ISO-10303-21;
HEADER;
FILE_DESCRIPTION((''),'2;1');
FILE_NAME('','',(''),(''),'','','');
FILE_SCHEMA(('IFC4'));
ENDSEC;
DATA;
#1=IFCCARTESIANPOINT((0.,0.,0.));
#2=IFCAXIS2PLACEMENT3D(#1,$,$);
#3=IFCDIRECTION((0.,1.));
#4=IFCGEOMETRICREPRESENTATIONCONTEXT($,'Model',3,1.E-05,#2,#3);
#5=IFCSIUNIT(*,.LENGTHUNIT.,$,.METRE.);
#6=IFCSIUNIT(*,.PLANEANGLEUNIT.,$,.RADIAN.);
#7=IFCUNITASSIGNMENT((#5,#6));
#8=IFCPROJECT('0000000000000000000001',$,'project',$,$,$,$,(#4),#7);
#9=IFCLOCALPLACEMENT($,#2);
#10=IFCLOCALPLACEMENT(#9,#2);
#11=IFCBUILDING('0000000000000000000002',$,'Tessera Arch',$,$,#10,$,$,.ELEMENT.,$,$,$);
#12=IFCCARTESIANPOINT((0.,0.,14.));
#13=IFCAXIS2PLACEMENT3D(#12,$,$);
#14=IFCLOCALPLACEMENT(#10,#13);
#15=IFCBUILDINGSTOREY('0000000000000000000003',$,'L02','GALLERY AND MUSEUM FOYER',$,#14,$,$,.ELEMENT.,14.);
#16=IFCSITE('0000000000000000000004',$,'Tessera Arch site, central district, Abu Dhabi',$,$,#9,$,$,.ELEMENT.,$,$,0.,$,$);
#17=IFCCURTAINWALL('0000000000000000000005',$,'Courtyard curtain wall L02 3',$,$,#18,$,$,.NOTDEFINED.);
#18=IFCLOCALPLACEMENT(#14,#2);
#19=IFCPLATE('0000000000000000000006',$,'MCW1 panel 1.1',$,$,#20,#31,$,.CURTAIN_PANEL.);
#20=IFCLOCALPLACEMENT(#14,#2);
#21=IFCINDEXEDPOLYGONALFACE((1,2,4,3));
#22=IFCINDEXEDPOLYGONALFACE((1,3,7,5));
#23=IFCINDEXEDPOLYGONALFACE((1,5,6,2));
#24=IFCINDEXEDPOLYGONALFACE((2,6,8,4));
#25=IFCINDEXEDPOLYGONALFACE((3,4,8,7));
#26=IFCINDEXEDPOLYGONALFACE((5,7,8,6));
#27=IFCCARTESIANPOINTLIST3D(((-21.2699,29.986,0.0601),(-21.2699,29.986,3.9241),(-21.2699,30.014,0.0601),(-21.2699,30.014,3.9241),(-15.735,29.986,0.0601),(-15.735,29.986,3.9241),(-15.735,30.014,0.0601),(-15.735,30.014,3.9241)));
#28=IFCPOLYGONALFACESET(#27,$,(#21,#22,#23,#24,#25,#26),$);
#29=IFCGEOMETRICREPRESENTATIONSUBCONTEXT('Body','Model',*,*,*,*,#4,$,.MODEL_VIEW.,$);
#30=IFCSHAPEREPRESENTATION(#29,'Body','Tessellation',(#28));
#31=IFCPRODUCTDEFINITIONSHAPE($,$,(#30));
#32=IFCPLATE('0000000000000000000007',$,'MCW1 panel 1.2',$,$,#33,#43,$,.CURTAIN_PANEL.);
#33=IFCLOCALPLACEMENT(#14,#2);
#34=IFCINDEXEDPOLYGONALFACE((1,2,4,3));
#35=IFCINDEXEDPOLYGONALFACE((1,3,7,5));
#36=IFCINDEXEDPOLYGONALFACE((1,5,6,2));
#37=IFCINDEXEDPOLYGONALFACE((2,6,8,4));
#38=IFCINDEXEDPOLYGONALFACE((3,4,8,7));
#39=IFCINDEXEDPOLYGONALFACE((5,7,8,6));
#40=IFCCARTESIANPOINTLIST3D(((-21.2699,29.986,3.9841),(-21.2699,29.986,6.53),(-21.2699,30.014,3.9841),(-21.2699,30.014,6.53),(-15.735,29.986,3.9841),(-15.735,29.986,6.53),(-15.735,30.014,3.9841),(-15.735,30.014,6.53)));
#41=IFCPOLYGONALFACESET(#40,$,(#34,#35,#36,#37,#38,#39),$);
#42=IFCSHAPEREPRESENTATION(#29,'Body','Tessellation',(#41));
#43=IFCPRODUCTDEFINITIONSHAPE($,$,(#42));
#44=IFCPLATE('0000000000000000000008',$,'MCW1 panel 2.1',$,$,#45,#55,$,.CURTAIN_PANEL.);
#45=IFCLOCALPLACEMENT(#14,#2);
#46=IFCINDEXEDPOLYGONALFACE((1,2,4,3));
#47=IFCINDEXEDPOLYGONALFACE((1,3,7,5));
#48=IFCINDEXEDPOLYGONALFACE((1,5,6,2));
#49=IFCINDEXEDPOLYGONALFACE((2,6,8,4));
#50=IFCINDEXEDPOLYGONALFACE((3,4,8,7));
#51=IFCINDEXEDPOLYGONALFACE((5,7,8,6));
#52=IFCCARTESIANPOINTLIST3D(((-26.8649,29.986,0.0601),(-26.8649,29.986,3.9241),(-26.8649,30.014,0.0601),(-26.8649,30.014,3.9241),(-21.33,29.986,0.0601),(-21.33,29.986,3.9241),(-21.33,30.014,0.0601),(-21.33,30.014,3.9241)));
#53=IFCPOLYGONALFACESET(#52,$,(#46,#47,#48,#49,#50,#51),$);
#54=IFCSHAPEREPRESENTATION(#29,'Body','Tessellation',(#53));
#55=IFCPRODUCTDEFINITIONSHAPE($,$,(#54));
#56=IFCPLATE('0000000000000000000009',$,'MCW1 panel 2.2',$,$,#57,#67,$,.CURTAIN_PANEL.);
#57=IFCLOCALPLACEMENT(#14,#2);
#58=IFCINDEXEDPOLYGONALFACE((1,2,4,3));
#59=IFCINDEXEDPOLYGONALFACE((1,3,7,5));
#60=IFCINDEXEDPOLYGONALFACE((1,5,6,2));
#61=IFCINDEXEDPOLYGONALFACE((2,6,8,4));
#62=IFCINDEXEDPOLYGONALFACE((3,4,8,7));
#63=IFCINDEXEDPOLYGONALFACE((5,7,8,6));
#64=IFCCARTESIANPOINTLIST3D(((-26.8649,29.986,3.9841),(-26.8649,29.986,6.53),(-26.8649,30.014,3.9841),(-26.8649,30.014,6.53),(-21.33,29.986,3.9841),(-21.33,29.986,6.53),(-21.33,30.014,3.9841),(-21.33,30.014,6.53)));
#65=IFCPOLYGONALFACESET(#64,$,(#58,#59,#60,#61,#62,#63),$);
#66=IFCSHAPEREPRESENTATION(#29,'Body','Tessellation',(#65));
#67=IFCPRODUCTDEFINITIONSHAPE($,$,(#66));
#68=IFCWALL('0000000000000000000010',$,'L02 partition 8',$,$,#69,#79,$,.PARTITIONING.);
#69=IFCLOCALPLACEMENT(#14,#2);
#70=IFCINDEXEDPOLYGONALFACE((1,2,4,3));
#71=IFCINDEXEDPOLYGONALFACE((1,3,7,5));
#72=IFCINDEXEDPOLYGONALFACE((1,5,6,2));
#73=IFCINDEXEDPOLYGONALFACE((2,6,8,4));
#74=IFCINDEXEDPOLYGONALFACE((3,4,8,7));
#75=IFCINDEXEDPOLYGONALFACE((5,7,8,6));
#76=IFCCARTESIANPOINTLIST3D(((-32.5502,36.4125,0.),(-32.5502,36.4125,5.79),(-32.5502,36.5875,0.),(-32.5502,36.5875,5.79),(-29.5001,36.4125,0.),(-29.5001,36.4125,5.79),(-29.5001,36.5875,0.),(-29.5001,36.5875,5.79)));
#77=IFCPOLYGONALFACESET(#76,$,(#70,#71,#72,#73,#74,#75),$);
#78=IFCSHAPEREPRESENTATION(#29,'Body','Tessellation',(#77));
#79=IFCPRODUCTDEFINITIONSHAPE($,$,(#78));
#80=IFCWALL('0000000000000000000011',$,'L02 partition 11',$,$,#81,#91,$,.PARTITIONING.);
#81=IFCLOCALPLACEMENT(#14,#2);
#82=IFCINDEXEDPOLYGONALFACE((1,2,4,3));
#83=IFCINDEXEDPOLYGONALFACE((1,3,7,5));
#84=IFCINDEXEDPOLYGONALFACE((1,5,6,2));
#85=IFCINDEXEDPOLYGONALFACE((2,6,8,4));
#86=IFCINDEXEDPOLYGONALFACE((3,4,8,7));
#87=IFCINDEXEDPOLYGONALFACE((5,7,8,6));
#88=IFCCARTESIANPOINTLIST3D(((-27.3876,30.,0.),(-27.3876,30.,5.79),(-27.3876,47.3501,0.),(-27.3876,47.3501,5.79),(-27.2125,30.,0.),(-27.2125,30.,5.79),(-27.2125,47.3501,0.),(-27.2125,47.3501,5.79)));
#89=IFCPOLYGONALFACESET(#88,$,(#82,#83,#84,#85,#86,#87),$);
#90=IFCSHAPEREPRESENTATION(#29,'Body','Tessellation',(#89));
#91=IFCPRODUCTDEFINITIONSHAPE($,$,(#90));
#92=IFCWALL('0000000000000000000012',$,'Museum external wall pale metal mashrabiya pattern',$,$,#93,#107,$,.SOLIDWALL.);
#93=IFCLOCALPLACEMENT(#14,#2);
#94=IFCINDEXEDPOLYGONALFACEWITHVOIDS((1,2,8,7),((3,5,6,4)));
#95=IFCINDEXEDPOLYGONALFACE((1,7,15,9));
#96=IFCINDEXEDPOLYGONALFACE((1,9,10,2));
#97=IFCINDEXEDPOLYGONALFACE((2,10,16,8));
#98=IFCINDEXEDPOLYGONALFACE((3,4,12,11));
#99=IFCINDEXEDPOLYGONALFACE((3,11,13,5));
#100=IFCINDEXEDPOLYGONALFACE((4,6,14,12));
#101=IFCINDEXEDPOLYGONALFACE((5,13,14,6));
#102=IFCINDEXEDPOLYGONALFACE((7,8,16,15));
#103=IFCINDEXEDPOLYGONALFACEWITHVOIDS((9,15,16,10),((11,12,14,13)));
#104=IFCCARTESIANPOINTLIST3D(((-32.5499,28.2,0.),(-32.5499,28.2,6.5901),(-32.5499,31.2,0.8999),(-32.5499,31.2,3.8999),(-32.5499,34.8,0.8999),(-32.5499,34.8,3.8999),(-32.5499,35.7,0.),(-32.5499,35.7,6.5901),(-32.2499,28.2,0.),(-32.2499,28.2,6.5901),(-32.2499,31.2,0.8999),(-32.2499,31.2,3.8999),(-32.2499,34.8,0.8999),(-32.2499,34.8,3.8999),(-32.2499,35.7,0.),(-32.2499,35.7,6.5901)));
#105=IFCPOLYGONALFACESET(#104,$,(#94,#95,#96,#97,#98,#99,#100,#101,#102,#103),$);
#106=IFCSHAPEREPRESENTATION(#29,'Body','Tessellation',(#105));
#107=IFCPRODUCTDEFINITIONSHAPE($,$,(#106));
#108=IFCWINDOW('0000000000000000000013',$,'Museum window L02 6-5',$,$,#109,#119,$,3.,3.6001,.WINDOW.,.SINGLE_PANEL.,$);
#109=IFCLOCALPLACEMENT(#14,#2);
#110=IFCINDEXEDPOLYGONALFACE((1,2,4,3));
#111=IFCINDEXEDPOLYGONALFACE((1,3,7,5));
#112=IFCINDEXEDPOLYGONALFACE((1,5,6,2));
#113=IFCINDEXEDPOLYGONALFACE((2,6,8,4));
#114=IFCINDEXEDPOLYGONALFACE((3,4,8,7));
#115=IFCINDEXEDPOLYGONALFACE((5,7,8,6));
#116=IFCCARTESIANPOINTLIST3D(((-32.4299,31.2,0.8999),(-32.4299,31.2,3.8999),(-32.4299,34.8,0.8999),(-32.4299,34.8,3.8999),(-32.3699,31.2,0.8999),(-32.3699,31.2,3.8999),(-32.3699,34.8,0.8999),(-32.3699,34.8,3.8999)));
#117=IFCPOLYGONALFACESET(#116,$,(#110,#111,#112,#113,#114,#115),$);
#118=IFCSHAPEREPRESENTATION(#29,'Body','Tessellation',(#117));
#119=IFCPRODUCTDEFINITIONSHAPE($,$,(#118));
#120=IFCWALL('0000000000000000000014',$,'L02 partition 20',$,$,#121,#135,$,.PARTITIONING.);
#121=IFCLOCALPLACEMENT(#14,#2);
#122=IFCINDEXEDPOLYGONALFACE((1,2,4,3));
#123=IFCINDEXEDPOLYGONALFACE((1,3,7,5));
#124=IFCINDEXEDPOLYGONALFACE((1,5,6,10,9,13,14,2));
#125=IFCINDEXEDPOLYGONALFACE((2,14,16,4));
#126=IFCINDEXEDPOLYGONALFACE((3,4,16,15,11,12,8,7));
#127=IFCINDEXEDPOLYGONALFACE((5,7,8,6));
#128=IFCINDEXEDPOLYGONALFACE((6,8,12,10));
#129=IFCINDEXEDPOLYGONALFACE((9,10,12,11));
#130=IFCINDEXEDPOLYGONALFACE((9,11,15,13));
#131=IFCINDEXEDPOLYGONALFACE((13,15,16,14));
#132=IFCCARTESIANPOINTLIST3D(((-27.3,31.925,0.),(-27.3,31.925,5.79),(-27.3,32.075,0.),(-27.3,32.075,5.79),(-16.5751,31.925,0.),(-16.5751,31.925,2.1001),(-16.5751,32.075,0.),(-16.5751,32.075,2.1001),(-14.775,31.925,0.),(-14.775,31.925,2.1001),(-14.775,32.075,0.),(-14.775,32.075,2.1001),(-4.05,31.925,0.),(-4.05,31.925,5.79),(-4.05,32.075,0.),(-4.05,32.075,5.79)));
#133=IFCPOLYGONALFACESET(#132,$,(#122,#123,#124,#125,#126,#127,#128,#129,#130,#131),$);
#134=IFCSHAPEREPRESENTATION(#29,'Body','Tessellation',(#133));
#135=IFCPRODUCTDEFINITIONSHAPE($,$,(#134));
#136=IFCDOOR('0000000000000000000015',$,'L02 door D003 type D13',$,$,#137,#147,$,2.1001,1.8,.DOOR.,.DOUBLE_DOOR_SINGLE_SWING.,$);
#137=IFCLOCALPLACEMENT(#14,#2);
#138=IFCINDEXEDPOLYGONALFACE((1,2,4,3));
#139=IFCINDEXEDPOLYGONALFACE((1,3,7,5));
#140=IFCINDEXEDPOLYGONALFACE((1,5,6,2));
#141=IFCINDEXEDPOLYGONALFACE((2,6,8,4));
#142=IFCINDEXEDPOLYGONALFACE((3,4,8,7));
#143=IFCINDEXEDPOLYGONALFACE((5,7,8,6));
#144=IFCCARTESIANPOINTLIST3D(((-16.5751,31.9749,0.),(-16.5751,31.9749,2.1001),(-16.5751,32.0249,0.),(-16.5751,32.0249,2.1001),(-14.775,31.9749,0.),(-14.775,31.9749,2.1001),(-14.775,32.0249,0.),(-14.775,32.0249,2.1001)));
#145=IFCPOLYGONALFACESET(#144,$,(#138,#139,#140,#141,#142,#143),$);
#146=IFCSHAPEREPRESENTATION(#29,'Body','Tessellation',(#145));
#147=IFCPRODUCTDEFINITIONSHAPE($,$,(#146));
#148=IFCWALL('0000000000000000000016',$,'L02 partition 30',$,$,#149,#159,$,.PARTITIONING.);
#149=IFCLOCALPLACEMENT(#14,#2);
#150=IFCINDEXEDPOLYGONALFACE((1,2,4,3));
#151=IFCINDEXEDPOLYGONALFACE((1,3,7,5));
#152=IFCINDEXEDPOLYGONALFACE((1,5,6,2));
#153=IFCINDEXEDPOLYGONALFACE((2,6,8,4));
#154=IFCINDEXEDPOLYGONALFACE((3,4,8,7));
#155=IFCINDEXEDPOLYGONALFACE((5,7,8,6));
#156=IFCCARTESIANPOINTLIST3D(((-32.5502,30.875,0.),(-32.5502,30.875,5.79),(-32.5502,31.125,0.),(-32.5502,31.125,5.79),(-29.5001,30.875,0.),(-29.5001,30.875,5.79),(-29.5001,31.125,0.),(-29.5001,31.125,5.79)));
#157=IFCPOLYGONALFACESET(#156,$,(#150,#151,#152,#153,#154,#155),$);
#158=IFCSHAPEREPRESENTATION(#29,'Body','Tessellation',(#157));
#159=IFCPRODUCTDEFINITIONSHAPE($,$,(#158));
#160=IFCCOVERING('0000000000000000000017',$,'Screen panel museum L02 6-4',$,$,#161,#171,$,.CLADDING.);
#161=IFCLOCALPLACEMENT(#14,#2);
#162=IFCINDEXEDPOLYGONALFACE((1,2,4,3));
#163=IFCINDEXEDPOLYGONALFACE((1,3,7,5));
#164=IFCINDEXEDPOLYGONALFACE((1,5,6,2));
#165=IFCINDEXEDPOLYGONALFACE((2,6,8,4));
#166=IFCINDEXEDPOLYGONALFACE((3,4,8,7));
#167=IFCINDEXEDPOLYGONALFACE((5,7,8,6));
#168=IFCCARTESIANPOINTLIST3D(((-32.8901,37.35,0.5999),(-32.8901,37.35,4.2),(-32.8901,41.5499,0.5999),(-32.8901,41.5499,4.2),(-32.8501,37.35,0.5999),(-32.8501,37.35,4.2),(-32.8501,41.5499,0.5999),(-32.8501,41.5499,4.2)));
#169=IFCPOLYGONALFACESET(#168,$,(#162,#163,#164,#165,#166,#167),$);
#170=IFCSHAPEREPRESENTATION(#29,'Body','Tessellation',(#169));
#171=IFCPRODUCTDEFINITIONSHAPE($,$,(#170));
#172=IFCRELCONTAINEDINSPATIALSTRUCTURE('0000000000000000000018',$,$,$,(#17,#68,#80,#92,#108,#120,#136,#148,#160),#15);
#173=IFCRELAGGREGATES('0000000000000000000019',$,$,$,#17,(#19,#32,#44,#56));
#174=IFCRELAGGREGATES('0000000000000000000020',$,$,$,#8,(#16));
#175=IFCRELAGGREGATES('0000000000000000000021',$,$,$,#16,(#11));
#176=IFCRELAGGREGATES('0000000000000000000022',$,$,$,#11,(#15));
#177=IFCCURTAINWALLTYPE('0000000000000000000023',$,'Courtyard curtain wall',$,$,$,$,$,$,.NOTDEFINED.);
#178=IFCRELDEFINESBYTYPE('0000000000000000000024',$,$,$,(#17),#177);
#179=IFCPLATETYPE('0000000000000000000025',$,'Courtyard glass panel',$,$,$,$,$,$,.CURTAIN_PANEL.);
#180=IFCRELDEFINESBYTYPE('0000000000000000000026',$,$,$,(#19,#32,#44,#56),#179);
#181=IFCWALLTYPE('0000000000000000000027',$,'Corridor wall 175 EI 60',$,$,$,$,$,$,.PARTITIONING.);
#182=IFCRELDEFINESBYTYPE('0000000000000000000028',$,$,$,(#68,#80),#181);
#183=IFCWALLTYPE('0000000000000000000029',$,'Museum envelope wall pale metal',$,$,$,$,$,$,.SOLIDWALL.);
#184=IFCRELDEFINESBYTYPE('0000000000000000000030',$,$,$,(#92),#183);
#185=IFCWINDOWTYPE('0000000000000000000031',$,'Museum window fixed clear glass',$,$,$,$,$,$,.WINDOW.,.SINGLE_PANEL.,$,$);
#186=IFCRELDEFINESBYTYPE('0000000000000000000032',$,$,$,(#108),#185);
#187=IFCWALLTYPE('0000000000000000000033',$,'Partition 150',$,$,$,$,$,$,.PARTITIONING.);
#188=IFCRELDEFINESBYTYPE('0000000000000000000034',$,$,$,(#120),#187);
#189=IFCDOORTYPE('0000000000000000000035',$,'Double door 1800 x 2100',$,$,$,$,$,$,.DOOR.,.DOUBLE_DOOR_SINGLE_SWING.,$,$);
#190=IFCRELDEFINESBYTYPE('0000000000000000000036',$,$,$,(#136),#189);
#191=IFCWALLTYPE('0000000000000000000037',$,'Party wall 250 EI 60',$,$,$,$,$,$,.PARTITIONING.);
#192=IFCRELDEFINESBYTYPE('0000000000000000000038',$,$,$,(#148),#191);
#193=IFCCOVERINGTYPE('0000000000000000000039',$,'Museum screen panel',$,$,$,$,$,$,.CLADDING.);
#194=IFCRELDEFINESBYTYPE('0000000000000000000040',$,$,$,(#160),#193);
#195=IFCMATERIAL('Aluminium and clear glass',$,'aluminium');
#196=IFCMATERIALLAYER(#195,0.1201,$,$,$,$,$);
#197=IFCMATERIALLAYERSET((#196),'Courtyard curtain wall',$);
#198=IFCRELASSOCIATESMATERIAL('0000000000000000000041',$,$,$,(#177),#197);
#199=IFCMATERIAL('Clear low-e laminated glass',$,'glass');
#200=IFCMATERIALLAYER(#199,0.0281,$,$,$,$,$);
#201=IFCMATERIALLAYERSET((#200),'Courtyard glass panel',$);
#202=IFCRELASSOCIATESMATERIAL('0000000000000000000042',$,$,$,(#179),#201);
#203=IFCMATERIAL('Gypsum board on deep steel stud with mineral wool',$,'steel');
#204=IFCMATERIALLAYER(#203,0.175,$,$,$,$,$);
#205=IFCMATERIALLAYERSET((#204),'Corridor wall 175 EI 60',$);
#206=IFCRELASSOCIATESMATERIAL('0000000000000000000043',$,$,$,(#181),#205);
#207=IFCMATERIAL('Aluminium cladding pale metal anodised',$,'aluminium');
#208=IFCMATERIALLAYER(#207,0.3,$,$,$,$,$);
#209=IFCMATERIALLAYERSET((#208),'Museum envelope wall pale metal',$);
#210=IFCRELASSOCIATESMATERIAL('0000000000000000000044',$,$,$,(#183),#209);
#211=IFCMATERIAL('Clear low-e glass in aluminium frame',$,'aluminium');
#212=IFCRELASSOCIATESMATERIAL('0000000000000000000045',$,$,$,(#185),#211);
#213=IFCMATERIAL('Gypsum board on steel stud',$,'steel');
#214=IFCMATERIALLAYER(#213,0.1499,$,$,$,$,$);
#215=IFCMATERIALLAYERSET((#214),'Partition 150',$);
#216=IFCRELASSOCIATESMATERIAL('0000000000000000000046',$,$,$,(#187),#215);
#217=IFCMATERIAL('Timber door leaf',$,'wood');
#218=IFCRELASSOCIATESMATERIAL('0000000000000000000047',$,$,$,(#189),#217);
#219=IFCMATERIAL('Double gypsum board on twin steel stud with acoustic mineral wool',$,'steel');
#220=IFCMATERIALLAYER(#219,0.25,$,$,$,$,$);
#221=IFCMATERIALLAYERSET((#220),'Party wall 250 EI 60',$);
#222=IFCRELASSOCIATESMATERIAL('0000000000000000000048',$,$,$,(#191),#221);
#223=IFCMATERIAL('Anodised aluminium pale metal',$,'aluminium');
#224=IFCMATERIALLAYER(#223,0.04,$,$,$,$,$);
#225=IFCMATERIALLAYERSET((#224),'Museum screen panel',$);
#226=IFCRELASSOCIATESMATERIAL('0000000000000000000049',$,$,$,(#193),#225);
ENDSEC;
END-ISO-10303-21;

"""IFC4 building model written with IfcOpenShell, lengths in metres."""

from ifc_helpers import new_model, si_unit, direction, frame, frame_2d, origin, origin_2d, place, context, subcontext, project, spatial, rectangle, extrude, material, layer, layer_set, type_object, element, fill, aggregate, save


model = new_model("IFC4")

# Units and contexts
model_context = context("Model", 3, precision=1e-05, world=origin(), true_north=direction((0.0, 1.0)))
body_context = subcontext(model_context, "Body", "Model", "MODEL_VIEW")
ifc_project = project(units=[si_unit("LENGTHUNIT", "METRE"), si_unit("PLANEANGLEUNIT", "RADIAN")], contexts=[model_context])

# Site, building, storey
site_placement = place(None, origin())
site = spatial("IfcSite", under=ifc_project, at=site_placement, Name="Tessera Arch site, central district, Abu Dhabi", CompositionType="ELEMENT", RefElevation=0.0)
building_placement = place(site_placement, origin())
building = spatial("IfcBuilding", under=site, at=building_placement, Name="Tessera Arch", CompositionType="ELEMENT")
storey_placement = place(building_placement, frame((0.0, 0.0, 14.0)))
storey = spatial("IfcBuildingStorey", under=building, at=storey_placement, Name="L02", Description="GALLERY AND MUSEUM FOYER", CompositionType="ELEMENT", Elevation=14.0)

# Curtain wall
ifc_material_1 = material(Name="Aluminium and clear glass", Category="aluminium")
ifc_layer_1 = layer(ifc_material_1, 0.1201)
ifc_layer_set_1 = layer_set([ifc_layer_1], Name="Courtyard curtain wall")
curtain_wall_type = type_object("IfcCurtainWallType", Name="Courtyard curtain wall", PredefinedType="NOTDEFINED", material=ifc_layer_set_1)
curtain_wall_1_placement = place(storey_placement, origin())
curtain_wall_1 = element("IfcCurtainWall", 1, at=curtain_wall_1_placement, inside=storey, type_object=curtain_wall_type, Name="Courtyard curtain wall L02 3", PredefinedType="NOTDEFINED")

# Plates
ifc_material_2 = material(Name="Clear low-e laminated glass", Category="glass")
ifc_layer_2 = layer(ifc_material_2, 0.0281)
ifc_layer_set_2 = layer_set([ifc_layer_2], Name="Courtyard glass panel")
plate_type = type_object("IfcPlateType", Name="Courtyard glass panel", PredefinedType="CURTAIN_PANEL", material=ifc_layer_set_2)
plate_1_placement = place(storey_placement, frame((-18.5024, 30.0, 0.0601), z_axis=(0.0, 0.0, 1.0), x_axis=(-1.0, 0.0, 0.0)))
plate_1 = element("IfcPlate", 2, at=plate_1_placement, type_object=plate_type, Name="MCW1 panel 1.1", PredefinedType="CURTAIN_PANEL", context=body_context, shape_type="SweptSolid", body=[
    extrude(rectangle(XDim=5.5349, YDim=0.0281, at=origin_2d()), origin(), (0.0, 0.0, 1.0), 3.864),
])
plate_2_placement = place(storey_placement, frame((-18.5024, 30.0, 3.9841), z_axis=(0.0, 0.0, 1.0), x_axis=(-1.0, 0.0, 0.0)))
plate_2 = element("IfcPlate", 3, at=plate_2_placement, type_object=plate_type, Name="MCW1 panel 1.2", PredefinedType="CURTAIN_PANEL", context=body_context, shape_type="SweptSolid", body=[
    extrude(rectangle(XDim=5.5349, YDim=0.0281, at=origin_2d()), origin(), (0.0, 0.0, 1.0), 2.5459),
])
plate_3_placement = place(storey_placement, frame((-24.0974, 30.0, 0.0601), z_axis=(0.0, 0.0, 1.0), x_axis=(-1.0, 0.0, 0.0)))
plate_3 = element("IfcPlate", 4, at=plate_3_placement, type_object=plate_type, Name="MCW1 panel 2.1", PredefinedType="CURTAIN_PANEL", context=body_context, shape_type="SweptSolid", body=[
    extrude(rectangle(XDim=5.5349, YDim=0.0281, at=origin_2d()), origin(), (0.0, 0.0, 1.0), 3.864),
])
plate_4_placement = place(storey_placement, frame((-24.0974, 30.0, 3.9841), z_axis=(0.0, 0.0, 1.0), x_axis=(-1.0, 0.0, 0.0)))
plate_4 = element("IfcPlate", 5, at=plate_4_placement, type_object=plate_type, Name="MCW1 panel 2.2", PredefinedType="CURTAIN_PANEL", context=body_context, shape_type="SweptSolid", body=[
    extrude(rectangle(XDim=5.5349, YDim=0.0281, at=origin_2d()), origin(), (0.0, 0.0, 1.0), 2.5459),
])
aggregate(curtain_wall_1, [plate_1, plate_2, plate_3, plate_4])

# Walls
ifc_material_3 = material(Name="Gypsum board on deep steel stud with mineral wool", Category="steel")
ifc_layer_3 = layer(ifc_material_3, 0.175)
ifc_layer_set_3 = layer_set([ifc_layer_3], Name="Corridor wall 175 EI 60")
wall_type_1 = type_object("IfcWallType", Name="Corridor wall 175 EI 60", PredefinedType="PARTITIONING", material=ifc_layer_set_3)
wall_1_placement = place(storey_placement, frame((-32.55, 36.5, 0.0), z_axis=(0.0, 0.0, 1.0), x_axis=(1.0, 0.0, 0.0)))
element("IfcWall", 6, at=wall_1_placement, inside=storey, type_object=wall_type_1, Name="L02 partition 8", PredefinedType="PARTITIONING", context=body_context, shape_type="SweptSolid", body=[
    extrude(rectangle(XDim=3.05, YDim=0.175, at=frame_2d((1.5249, 0.0))), origin(), (0.0, 0.0, 1.0), 5.79),
])
wall_2_placement = place(storey_placement, frame((-27.3, 30.0, 0.0), z_axis=(0.0, 0.0, 1.0), x_axis=(0.0, 1.0, 0.0)))
element("IfcWall", 7, at=wall_2_placement, inside=storey, type_object=wall_type_1, Name="L02 partition 11", PredefinedType="PARTITIONING", context=body_context, shape_type="SweptSolid", body=[
    extrude(rectangle(XDim=17.3501, YDim=0.175, at=frame_2d((8.675, 0.0))), origin(), (0.0, 0.0, 1.0), 5.79),
])

# Wall, opening, window
ifc_material_4 = material(Name="Aluminium cladding pale metal anodised", Category="aluminium")
ifc_layer_4 = layer(ifc_material_4, 0.3)
ifc_layer_set_4 = layer_set([ifc_layer_4], Name="Museum envelope wall pale metal")
wall_type_2 = type_object("IfcWallType", Name="Museum envelope wall pale metal", PredefinedType="SOLIDWALL", material=ifc_layer_set_4)
wall_3_placement = place(storey_placement, frame((-32.3999, 35.7, 0.0), z_axis=(0.0, 0.0, 1.0), x_axis=(0.0, -1.0, 0.0)))
wall_3 = element("IfcWall", 8, at=wall_3_placement, inside=storey, type_object=wall_type_2, Name="Museum external wall pale metal mashrabiya pattern", PredefinedType="SOLIDWALL", context=body_context, shape_type="SweptSolid", body=[
    extrude(rectangle(XDim=7.5, YDim=0.3, at=frame_2d((3.75, 0.0))), origin(), (0.0, 0.0, 1.0), 6.5901),
])
opening_1_placement = place(wall_3_placement, frame((0.8999, 0.0, 0.8999)))
opening_1 = element("IfcOpeningElement", 9, at=opening_1_placement, cuts=wall_3, PredefinedType="OPENING", context=body_context, shape_type="SweptSolid", body=[
    extrude(rectangle(XDim=3.6001, YDim=3.0, at=frame_2d((1.8, 1.5))), frame((0.0, 0.1599, 0.0), z_axis=(0.0, -1.0, 0.0), x_axis=(1.0, 0.0, 0.0)), (0.0, 0.0, 1.0), 0.3201),
])
ifc_material_5 = material(Name="Clear low-e glass in aluminium frame", Category="aluminium")
window_type = type_object("IfcWindowType", Name="Museum window fixed clear glass", PartitioningType="SINGLE_PANEL", PredefinedType="WINDOW", material=ifc_material_5)
window_placement = place(opening_1_placement, origin())
window = element("IfcWindow", 10, at=window_placement, inside=storey, type_object=window_type, Name="Museum window L02 6-5", OverallHeight=3.0, OverallWidth=3.6001, PartitioningType="SINGLE_PANEL", PredefinedType="WINDOW", context=body_context, shape_type="SweptSolid", body=[
    extrude(rectangle(XDim=3.6001, YDim=3.0, at=frame_2d((1.8, 1.5))), frame((0.0, 0.03, 0.0), z_axis=(0.0, -1.0, 0.0), x_axis=(1.0, 0.0, 0.0)), (0.0, 0.0, 1.0), 0.0601),
])
fill(opening_1, window)

# Wall, opening, door
ifc_material_6 = material(Name="Gypsum board on steel stud", Category="steel")
ifc_layer_5 = layer(ifc_material_6, 0.1499)
ifc_layer_set_5 = layer_set([ifc_layer_5], Name="Partition 150")
wall_type_3 = type_object("IfcWallType", Name="Partition 150", PredefinedType="PARTITIONING", material=ifc_layer_set_5)
wall_4_placement = place(storey_placement, frame((-27.3, 32.0, 0.0), z_axis=(0.0, 0.0, 1.0), x_axis=(1.0, 0.0, 0.0)))
wall_4 = element("IfcWall", 11, at=wall_4_placement, inside=storey, type_object=wall_type_3, Name="L02 partition 20", PredefinedType="PARTITIONING", context=body_context, shape_type="SweptSolid", body=[
    extrude(rectangle(XDim=23.25, YDim=0.1499, at=frame_2d((11.625, 0.0))), origin(), (0.0, 0.0, 1.0), 5.79),
])
opening_2_placement = place(wall_4_placement, frame((10.7251, 0.0, 0.0)))
opening_2 = element("IfcOpeningElement", 12, at=opening_2_placement, cuts=wall_4, PredefinedType="OPENING", context=body_context, shape_type="SweptSolid", body=[
    extrude(rectangle(XDim=1.8, YDim=2.1001, at=frame_2d((0.8999, 1.05))), frame((0.0, 0.085, 0.0), z_axis=(0.0, -1.0, 0.0), x_axis=(1.0, 0.0, 0.0)), (0.0, 0.0, 1.0), 0.1699),
])
ifc_material_7 = material(Name="Timber door leaf", Category="wood")
door_type = type_object("IfcDoorType", Name="Double door 1800 x 2100", OperationType="DOUBLE_DOOR_SINGLE_SWING", PredefinedType="DOOR", material=ifc_material_7)
door_placement = place(opening_2_placement, origin())
door = element("IfcDoor", 13, at=door_placement, inside=storey, type_object=door_type, Name="L02 door D003 type D13", OperationType="DOUBLE_DOOR_SINGLE_SWING", OverallHeight=2.1001, OverallWidth=1.8, PredefinedType="DOOR", context=body_context, shape_type="SweptSolid", body=[
    extrude(rectangle(XDim=1.8, YDim=2.1001, at=frame_2d((0.8999, 1.05))), frame((0.0, 0.0249, 0.0), z_axis=(0.0, -1.0, 0.0), x_axis=(1.0, 0.0, 0.0)), (0.0, 0.0, 1.0), 0.05),
])
fill(opening_2, door)

# Wall
ifc_material_8 = material(Name="Double gypsum board on twin steel stud with acoustic mineral wool", Category="steel")
ifc_layer_6 = layer(ifc_material_8, 0.25)
ifc_layer_set_6 = layer_set([ifc_layer_6], Name="Party wall 250 EI 60")
wall_type_4 = type_object("IfcWallType", Name="Party wall 250 EI 60", PredefinedType="PARTITIONING", material=ifc_layer_set_6)
wall_5_placement = place(storey_placement, frame((-32.55, 31.0, 0.0), z_axis=(0.0, 0.0, 1.0), x_axis=(1.0, 0.0, 0.0)))
element("IfcWall", 14, at=wall_5_placement, inside=storey, type_object=wall_type_4, Name="L02 partition 30", PredefinedType="PARTITIONING", context=body_context, shape_type="SweptSolid", body=[
    extrude(rectangle(XDim=3.05, YDim=0.25, at=frame_2d((1.5249, 0.0))), origin(), (0.0, 0.0, 1.0), 5.79),
])

# Covering
ifc_material_9 = material(Name="Anodised aluminium pale metal", Category="aluminium")
ifc_layer_7 = layer(ifc_material_9, 0.04)
ifc_layer_set_7 = layer_set([ifc_layer_7], Name="Museum screen panel")
covering_type = type_object("IfcCoveringType", Name="Museum screen panel", PredefinedType="CLADDING", material=ifc_layer_set_7)
for number, where, z_axis, x_axis, name in (
    (15, (-32.8701, 39.45, 0.5999), (0.0, 0.0, 1.0), (0.0, -1.0, 0.0), "Screen panel museum L02 6-4"),
):
    element("IfcCovering", number, at=place(storey_placement, frame(where, z_axis=z_axis, x_axis=x_axis)), inside=storey, type_object=covering_type, Name=name, PredefinedType="CLADDING", context=body_context, shape_type="SweptSolid", body=[
        extrude(rectangle(XDim=4.2, YDim=0.04, at=origin_2d()), origin(), (0.0, 0.0, 1.0), 3.6001),
    ])

save(model, "model.ifc")
